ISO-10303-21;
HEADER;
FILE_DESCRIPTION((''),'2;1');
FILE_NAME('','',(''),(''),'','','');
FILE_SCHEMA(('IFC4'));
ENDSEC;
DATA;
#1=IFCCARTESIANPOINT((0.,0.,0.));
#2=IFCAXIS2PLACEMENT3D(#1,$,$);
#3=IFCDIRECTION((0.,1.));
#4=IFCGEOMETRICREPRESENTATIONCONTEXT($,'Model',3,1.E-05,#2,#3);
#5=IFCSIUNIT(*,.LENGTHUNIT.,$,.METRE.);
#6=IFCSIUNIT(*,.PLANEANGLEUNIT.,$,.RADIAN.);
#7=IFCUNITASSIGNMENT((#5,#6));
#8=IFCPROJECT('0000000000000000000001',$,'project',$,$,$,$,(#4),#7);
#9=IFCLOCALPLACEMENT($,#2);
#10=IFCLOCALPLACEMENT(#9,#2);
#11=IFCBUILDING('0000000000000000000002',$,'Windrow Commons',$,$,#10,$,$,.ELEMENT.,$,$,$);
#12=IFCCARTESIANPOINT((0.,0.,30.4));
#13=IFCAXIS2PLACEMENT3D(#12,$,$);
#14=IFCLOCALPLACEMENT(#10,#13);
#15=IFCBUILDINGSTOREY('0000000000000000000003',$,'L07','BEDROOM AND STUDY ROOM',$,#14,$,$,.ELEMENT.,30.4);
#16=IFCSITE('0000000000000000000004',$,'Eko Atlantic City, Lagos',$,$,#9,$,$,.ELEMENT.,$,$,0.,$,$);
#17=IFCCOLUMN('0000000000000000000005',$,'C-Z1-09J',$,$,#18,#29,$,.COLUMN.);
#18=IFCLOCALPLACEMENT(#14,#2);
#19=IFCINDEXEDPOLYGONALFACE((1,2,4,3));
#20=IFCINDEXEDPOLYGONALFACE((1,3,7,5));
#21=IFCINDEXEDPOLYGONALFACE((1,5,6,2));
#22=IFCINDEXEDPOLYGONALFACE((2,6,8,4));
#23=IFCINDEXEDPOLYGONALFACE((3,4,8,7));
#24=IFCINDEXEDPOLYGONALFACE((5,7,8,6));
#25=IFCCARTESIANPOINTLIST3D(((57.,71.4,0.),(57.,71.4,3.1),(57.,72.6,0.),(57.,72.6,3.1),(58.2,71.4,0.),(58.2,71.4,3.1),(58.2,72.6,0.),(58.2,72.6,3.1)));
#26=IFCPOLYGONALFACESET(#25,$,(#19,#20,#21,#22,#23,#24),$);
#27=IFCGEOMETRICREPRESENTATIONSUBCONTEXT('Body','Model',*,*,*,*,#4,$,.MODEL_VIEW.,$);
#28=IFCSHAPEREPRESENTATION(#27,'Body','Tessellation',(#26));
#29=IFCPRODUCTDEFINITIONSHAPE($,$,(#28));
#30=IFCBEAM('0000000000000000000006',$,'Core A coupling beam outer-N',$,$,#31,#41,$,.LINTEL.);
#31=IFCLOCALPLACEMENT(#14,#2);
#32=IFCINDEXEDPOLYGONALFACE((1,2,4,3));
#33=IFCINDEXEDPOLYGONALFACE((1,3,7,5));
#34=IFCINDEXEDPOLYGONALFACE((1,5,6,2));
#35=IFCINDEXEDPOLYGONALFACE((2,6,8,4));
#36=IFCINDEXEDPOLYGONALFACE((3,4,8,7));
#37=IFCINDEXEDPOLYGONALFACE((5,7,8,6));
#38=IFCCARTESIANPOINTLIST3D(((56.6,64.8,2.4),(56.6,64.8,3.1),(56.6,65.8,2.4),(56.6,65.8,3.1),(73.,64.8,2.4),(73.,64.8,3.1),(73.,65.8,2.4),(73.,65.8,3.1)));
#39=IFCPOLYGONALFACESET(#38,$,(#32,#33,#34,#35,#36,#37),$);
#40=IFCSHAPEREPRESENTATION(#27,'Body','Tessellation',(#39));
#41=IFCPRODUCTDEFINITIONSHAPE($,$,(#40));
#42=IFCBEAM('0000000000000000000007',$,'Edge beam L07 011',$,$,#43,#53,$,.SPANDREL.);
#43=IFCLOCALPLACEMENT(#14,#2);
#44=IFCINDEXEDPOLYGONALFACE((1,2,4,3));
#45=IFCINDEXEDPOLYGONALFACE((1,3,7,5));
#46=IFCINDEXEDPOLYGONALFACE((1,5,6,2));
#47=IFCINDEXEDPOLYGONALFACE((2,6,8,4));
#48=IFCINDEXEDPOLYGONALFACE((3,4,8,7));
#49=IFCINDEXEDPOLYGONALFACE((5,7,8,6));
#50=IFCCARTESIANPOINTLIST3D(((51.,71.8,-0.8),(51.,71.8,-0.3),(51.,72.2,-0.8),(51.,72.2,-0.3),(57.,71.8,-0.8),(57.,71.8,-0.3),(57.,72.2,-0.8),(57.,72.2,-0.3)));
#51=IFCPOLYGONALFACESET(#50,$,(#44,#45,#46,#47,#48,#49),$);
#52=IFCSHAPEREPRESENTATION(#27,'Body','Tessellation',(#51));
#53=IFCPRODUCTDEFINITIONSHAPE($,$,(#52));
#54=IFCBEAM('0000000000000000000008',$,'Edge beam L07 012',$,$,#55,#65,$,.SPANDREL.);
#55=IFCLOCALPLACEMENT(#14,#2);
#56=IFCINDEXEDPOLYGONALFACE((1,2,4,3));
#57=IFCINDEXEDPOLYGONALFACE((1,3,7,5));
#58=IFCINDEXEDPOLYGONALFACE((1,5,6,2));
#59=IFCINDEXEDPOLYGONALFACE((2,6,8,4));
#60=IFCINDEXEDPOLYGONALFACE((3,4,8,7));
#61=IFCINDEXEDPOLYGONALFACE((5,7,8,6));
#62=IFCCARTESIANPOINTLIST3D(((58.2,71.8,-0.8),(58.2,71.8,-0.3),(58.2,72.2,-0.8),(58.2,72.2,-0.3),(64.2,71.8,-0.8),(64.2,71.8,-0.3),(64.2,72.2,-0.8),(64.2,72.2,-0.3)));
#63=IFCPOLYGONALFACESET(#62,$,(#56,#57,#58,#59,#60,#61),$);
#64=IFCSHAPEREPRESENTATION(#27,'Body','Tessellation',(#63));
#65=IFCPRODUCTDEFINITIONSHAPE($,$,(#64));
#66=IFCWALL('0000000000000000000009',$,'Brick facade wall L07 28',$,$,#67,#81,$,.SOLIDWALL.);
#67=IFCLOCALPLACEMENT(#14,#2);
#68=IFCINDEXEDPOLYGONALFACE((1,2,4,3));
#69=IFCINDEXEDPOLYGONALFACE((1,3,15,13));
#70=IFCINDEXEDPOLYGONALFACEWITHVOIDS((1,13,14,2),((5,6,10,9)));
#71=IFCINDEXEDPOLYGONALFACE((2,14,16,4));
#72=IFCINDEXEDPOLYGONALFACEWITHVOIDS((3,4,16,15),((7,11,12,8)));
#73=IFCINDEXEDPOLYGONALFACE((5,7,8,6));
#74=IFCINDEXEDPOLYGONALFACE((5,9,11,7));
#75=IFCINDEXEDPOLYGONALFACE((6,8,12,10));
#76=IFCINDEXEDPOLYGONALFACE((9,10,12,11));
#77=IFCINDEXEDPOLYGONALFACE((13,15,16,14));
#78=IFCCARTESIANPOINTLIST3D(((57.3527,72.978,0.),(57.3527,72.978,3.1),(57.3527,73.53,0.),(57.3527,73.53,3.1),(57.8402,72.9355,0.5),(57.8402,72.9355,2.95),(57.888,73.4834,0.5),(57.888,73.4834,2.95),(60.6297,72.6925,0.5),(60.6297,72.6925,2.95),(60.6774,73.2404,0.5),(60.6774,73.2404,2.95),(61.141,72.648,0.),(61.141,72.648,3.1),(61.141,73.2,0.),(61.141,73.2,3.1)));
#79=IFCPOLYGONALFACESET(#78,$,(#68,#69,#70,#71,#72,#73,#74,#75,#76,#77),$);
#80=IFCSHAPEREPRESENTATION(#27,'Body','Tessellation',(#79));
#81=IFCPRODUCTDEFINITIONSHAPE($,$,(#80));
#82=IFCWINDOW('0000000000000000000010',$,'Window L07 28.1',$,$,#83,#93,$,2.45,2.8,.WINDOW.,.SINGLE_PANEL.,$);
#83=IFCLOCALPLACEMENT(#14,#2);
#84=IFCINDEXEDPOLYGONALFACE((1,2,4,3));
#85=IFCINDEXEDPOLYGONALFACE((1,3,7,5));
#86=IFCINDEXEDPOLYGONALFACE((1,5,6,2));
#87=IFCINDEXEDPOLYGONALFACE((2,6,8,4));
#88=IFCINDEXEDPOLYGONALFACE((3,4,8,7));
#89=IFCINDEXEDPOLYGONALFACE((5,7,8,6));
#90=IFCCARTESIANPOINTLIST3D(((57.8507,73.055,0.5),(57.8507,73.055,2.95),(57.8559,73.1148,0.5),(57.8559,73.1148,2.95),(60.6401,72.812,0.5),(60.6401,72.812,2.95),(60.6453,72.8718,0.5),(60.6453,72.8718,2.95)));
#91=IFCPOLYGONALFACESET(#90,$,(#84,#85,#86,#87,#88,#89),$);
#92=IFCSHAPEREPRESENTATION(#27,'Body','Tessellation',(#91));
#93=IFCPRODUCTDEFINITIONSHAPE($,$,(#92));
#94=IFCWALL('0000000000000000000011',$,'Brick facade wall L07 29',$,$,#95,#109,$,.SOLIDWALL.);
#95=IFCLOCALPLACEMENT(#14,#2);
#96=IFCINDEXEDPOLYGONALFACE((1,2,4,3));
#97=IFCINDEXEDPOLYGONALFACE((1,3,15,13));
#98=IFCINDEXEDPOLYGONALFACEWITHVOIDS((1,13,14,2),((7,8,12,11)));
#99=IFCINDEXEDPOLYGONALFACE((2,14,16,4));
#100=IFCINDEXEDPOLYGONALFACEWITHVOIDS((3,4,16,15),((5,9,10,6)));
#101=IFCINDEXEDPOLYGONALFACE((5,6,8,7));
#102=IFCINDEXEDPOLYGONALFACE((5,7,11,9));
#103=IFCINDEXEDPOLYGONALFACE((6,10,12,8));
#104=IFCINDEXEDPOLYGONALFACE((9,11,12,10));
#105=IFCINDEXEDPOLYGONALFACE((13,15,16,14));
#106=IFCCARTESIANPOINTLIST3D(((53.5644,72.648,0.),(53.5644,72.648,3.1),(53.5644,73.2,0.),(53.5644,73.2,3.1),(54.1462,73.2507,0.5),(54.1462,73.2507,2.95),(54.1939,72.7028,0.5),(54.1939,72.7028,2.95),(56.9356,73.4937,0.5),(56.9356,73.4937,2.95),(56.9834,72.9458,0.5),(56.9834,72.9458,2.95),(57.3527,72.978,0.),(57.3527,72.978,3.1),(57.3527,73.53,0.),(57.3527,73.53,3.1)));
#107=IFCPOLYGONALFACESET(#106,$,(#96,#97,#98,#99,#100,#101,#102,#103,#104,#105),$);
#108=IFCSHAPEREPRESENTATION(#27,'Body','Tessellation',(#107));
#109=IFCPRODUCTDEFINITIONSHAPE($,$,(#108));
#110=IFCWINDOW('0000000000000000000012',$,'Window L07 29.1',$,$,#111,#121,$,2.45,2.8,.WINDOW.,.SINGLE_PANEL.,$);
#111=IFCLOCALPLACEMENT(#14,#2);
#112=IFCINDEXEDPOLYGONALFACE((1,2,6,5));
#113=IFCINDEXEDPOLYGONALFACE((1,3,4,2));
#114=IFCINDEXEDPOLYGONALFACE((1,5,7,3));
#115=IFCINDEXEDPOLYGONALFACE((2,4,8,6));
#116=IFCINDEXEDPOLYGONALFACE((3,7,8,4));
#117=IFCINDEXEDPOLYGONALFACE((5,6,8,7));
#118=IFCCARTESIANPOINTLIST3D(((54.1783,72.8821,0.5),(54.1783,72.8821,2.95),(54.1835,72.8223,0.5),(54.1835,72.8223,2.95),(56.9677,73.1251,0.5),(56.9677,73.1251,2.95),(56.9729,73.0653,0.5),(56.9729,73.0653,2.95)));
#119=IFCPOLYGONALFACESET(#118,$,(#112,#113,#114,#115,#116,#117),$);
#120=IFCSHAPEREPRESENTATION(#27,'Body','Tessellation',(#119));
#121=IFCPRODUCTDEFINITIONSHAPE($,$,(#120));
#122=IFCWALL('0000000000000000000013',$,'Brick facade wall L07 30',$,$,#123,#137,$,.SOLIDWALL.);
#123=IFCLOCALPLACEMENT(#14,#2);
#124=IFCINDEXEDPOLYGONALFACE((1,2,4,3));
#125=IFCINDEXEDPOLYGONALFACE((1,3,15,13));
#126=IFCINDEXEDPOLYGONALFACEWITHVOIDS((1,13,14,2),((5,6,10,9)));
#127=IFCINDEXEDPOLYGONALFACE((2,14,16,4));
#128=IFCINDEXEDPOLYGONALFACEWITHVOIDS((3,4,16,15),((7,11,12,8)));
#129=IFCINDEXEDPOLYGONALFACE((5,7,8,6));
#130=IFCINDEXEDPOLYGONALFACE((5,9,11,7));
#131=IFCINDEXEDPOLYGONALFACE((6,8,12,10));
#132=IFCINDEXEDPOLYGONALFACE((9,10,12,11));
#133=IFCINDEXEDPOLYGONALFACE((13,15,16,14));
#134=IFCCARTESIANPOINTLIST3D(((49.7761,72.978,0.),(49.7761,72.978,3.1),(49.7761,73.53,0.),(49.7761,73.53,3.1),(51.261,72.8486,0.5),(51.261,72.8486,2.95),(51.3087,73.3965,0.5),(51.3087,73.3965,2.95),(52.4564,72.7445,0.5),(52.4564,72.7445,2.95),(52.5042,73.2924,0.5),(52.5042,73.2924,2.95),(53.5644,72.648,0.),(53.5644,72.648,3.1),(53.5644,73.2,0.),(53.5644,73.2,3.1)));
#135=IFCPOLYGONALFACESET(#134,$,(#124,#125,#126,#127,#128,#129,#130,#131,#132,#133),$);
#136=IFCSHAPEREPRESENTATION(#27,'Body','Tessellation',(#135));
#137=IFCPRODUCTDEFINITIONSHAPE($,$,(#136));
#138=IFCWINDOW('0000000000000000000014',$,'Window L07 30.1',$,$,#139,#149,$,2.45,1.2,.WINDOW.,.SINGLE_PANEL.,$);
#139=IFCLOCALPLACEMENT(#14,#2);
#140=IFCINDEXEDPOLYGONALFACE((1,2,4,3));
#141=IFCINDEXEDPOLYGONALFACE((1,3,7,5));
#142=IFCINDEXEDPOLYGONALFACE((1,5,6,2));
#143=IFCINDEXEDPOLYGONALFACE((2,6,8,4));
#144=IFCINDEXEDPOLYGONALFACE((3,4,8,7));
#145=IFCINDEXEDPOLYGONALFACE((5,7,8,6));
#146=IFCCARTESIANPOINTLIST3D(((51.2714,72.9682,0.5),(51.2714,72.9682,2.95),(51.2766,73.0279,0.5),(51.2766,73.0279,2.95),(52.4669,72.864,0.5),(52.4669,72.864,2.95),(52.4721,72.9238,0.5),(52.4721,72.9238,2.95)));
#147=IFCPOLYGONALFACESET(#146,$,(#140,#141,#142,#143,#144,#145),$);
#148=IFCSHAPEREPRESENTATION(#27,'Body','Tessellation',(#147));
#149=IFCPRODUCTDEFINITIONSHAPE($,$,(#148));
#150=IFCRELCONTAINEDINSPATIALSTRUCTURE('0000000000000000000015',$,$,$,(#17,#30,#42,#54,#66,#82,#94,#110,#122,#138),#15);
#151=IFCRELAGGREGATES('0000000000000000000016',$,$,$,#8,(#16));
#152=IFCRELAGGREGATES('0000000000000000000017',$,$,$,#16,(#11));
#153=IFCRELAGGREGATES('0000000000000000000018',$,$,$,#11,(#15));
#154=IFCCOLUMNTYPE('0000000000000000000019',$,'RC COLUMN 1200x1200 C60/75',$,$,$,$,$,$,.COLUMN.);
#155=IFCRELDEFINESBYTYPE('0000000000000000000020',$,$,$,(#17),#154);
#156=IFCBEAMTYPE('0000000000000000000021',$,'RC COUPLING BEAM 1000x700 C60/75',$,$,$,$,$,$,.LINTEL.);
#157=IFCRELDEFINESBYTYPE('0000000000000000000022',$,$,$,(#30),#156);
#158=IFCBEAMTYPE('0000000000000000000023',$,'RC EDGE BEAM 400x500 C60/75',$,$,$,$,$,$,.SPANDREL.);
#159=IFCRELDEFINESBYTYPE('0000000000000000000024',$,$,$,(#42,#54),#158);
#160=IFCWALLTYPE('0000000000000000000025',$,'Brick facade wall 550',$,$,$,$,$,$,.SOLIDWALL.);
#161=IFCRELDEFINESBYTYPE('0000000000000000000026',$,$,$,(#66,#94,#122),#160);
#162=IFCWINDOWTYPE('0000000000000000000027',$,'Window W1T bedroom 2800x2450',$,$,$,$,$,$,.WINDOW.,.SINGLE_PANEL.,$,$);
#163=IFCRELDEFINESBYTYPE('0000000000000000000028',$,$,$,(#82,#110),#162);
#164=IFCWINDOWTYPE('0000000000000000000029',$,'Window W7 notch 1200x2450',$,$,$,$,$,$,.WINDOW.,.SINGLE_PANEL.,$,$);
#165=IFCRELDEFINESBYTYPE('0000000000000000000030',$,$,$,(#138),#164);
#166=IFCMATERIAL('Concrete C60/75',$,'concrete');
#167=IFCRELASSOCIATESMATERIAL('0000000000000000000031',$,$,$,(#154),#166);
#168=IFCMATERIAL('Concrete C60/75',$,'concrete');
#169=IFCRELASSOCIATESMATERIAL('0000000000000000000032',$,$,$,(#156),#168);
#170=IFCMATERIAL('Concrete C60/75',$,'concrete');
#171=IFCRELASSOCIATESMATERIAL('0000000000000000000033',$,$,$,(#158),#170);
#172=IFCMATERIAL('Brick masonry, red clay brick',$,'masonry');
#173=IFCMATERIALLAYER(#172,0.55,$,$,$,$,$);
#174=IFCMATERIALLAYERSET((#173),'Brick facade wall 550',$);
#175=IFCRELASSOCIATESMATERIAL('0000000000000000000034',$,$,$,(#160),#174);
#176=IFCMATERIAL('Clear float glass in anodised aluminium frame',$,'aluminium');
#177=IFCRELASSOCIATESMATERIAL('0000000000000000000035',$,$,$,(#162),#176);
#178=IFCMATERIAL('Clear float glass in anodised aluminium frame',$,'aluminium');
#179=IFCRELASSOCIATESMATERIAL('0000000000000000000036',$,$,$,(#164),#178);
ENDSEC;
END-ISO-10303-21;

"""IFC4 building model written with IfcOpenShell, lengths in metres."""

from ifc_helpers import new_model, si_unit, direction, frame, frame_2d, origin, origin_2d, place, context, subcontext, project, spatial, polyline, rectangle, outline, extrude, material, layer, layer_set, material_profile, profile_set, type_object, element, fill, save


model = new_model("IFC4")

# Units and contexts
model_context = context("Model", 3, precision=1e-05, world=origin(), true_north=direction((0.0, 1.0)))
body_context = subcontext(model_context, "Body", "Model", "MODEL_VIEW")
ifc_project = project(units=[si_unit("LENGTHUNIT", "METRE"), si_unit("PLANEANGLEUNIT", "RADIAN")], contexts=[model_context])

# Site, building, storey
site_placement = place(None, origin())
site = spatial("IfcSite", under=ifc_project, at=site_placement, Name="Eko Atlantic City, Lagos", CompositionType="ELEMENT", RefElevation=0.0)
building_placement = place(site_placement, origin())
building = spatial("IfcBuilding", under=site, at=building_placement, Name="Windrow Commons", CompositionType="ELEMENT")
storey_placement = place(building_placement, frame((0.0, 0.0, 30.4)))
storey = spatial("IfcBuildingStorey", under=building, at=storey_placement, Name="L07", Description="BEDROOM AND STUDY ROOM", CompositionType="ELEMENT", Elevation=30.4)

# Column
ifc_material_1 = material(Name="Concrete C60/75", Category="concrete")
ifc_material_profile_1 = material_profile(ifc_material_1, rectangle(XDim=1.2, YDim=1.2, at=origin_2d()))
ifc_profile_set_1 = profile_set([ifc_material_profile_1], Name="Concrete C60/75")
column_type = type_object("IfcColumnType", Name="RC COLUMN 1200x1200 C60/75", PredefinedType="COLUMN", material=ifc_profile_set_1)
column_placement = place(storey_placement, frame((57.6, 72.0, 0.0), z_axis=(0.0, 0.0, 1.0), x_axis=(1.0, 0.0, 0.0)))
element("IfcColumn", 1, at=column_placement, inside=storey, type_object=column_type, Name="C-Z1-09J", PredefinedType="COLUMN", context=body_context, shape_type="SweptSolid", body=[
    extrude(rectangle(XDim=1.2, YDim=1.2, at=origin_2d()), origin(), (0.0, 0.0, 1.0), 3.1),
])

# Beams
ifc_material_2 = material(Name="Concrete C60/75", Category="concrete")
ifc_material_profile_2 = material_profile(ifc_material_2, rectangle(XDim=1.0, YDim=0.7, at=origin_2d()))
ifc_profile_set_2 = profile_set([ifc_material_profile_2], Name="Concrete C60/75")
beam_type_1 = type_object("IfcBeamType", Name="RC COUPLING BEAM 1000x700 C60/75", PredefinedType="LINTEL", material=ifc_profile_set_2)
beam_placement = place(storey_placement, frame((56.6, 65.3, 2.75), z_axis=(1.0, 0.0, 0.0), x_axis=(0.0, 1.0, 0.0)))
element("IfcBeam", 2, at=beam_placement, inside=storey, type_object=beam_type_1, Name="Core A coupling beam outer-N", PredefinedType="LINTEL", context=body_context, shape_type="SweptSolid", body=[
    extrude(rectangle(XDim=1.0, YDim=0.7, at=origin_2d()), origin(), (0.0, 0.0, 1.0), 16.4),
])
ifc_material_3 = material(Name="Concrete C60/75", Category="concrete")
ifc_material_profile_3 = material_profile(ifc_material_3, rectangle(XDim=0.4, YDim=0.5, at=origin_2d()))
ifc_profile_set_3 = profile_set([ifc_material_profile_3], Name="Concrete C60/75")
beam_type_2 = type_object("IfcBeamType", Name="RC EDGE BEAM 400x500 C60/75", PredefinedType="SPANDREL", material=ifc_profile_set_3)
for number, where, z_axis, x_axis, name in (
    (3, (51.0, 72.0, -0.55), (1.0, 0.0, 0.0), (0.0, 1.0, 0.0), "Edge beam L07 011"),
    (4, (58.2, 72.0, -0.55), (1.0, 0.0, 0.0), (0.0, 1.0, 0.0), "Edge beam L07 012"),
):
    element("IfcBeam", number, at=place(storey_placement, frame(where, z_axis=z_axis, x_axis=x_axis)), inside=storey, type_object=beam_type_2, Name=name, PredefinedType="SPANDREL", context=body_context, shape_type="SweptSolid", body=[
        extrude(rectangle(XDim=0.4, YDim=0.5, at=origin_2d()), origin(), (0.0, 0.0, 1.0), 6.0),
    ])

# Walls, openings, windows
ifc_material_4 = material(Name="Brick masonry, red clay brick", Category="masonry")
ifc_layer_1 = layer(ifc_material_4, 0.55)
ifc_layer_set_1 = layer_set([ifc_layer_1], Name="Brick facade wall 550")
wall_type_1 = type_object("IfcWallType", Name="Brick facade wall 550", PredefinedType="SOLIDWALL", material=ifc_layer_set_1)
wall_1_placement = place(storey_placement, frame((61.141, 72.924, 0.0), z_axis=(0.0, 0.0, 1.0), x_axis=(-0.996227, 0.086782, 0.0)))
wall_1 = element("IfcWall", 5, at=wall_1_placement, inside=storey, type_object=wall_type_1, Name="Brick facade wall L07 28", PredefinedType="SOLIDWALL", context=body_context, shape_type="SweptSolid", body=[
    extrude(outline(polyline([(0.024, -0.275), (3.8266, -0.275), (3.7787, 0.275), (-0.024, 0.275), (0.024, -0.275)])), origin(), (0.0, 0.0, 1.0), 3.1),
])
opening_1_placement = place(wall_1_placement, frame((0.4893, 0.0, 0.5)))
opening_1 = element("IfcOpeningElement", 6, at=opening_1_placement, cuts=wall_1, PredefinedType="OPENING", context=body_context, shape_type="SweptSolid", body=[
    extrude(rectangle(XDim=2.8, YDim=2.45, at=frame_2d((1.4, 1.225))), frame((0.0, 0.285, 0.0), z_axis=(0.0, -1.0, 0.0), x_axis=(1.0, 0.0, 0.0)), (0.0, 0.0, 1.0), 0.57),
])
ifc_material_5 = material(Name="Clear float glass in anodised aluminium frame", Category="aluminium")
window_type_1 = type_object("IfcWindowType", Name="Window W1T bedroom 2800x2450", PartitioningType="SINGLE_PANEL", PredefinedType="WINDOW", material=ifc_material_5)
window_1_placement = place(opening_1_placement, origin())
window_1 = element("IfcWindow", 7, at=window_1_placement, inside=storey, type_object=window_type_1, Name="Window L07 28.1", OverallHeight=2.45, OverallWidth=2.8, PartitioningType="SINGLE_PANEL", PredefinedType="WINDOW", context=body_context, shape_type="SweptSolid", body=[
    extrude(rectangle(XDim=2.8, YDim=2.45, at=frame_2d((1.4, 1.225))), frame((0.0, 0.155, 0.0), z_axis=(0.0, -1.0, 0.0), x_axis=(1.0, 0.0, 0.0)), (0.0, 0.0, 1.0), 0.06),
])
fill(opening_1, window_1)
wall_2_placement = place(storey_placement, frame((57.3527, 73.254, 0.0), z_axis=(0.0, 0.0, 1.0), x_axis=(-0.996227, -0.086782, 0.0)))
wall_2 = element("IfcWall", 8, at=wall_2_placement, inside=storey, type_object=wall_type_1, Name="Brick facade wall L07 29", PredefinedType="SOLIDWALL", context=body_context, shape_type="SweptSolid", body=[
    extrude(outline(polyline([(-0.024, -0.275), (3.7787, -0.275), (3.8266, 0.275), (0.024, 0.275), (-0.024, -0.275)])), origin(), (0.0, 0.0, 1.0), 3.1),
])
opening_2_placement = place(wall_2_placement, frame((0.3947, 0.0, 0.5)))
opening_2 = element("IfcOpeningElement", 9, at=opening_2_placement, cuts=wall_2, PredefinedType="OPENING", context=body_context, shape_type="SweptSolid", body=[
    extrude(rectangle(XDim=2.8, YDim=2.45, at=frame_2d((1.4, 1.225))), frame((0.0, 0.285, 0.0), z_axis=(0.0, -1.0, 0.0), x_axis=(1.0, 0.0, 0.0)), (0.0, 0.0, 1.0), 0.57),
])
window_2_placement = place(opening_2_placement, origin())
window_2 = element("IfcWindow", 10, at=window_2_placement, inside=storey, type_object=window_type_1, Name="Window L07 29.1", OverallHeight=2.45, OverallWidth=2.8, PartitioningType="SINGLE_PANEL", PredefinedType="WINDOW", context=body_context, shape_type="SweptSolid", body=[
    extrude(rectangle(XDim=2.8, YDim=2.45, at=frame_2d((1.4, 1.225))), frame((0.0, 0.155, 0.0), z_axis=(0.0, -1.0, 0.0), x_axis=(1.0, 0.0, 0.0)), (0.0, 0.0, 1.0), 0.06),
])
fill(opening_2, window_2)
wall_3_placement = place(storey_placement, frame((53.5644, 72.924, 0.0), z_axis=(0.0, 0.0, 1.0), x_axis=(-0.996227, 0.086784, 0.0)))
wall_3 = element("IfcWall", 11, at=wall_3_placement, inside=storey, type_object=wall_type_1, Name="Brick facade wall L07 30", PredefinedType="SOLIDWALL", context=body_context, shape_type="SweptSolid", body=[
    extrude(outline(polyline([(0.024, -0.275), (3.8266, -0.275), (3.7787, 0.275), (-0.024, 0.275), (0.024, -0.275)])), origin(), (0.0, 0.0, 1.0), 3.1),
])
opening_3_placement = place(wall_3_placement, frame((1.0882, 0.0, 0.5)))
opening_3 = element("IfcOpeningElement", 12, at=opening_3_placement, cuts=wall_3, PredefinedType="OPENING", context=body_context, shape_type="SweptSolid", body=[
    extrude(rectangle(XDim=1.2, YDim=2.45, at=frame_2d((0.6, 1.225))), frame((0.0, 0.285, 0.0), z_axis=(0.0, -1.0, 0.0), x_axis=(1.0, 0.0, 0.0)), (0.0, 0.0, 1.0), 0.57),
])
ifc_material_6 = material(Name="Clear float glass in anodised aluminium frame", Category="aluminium")
window_type_2 = type_object("IfcWindowType", Name="Window W7 notch 1200x2450", PartitioningType="SINGLE_PANEL", PredefinedType="WINDOW", material=ifc_material_6)
window_3_placement = place(opening_3_placement, origin())
window_3 = element("IfcWindow", 13, at=window_3_placement, inside=storey, type_object=window_type_2, Name="Window L07 30.1", OverallHeight=2.45, OverallWidth=1.2, PartitioningType="SINGLE_PANEL", PredefinedType="WINDOW", context=body_context, shape_type="SweptSolid", body=[
    extrude(rectangle(XDim=1.2, YDim=2.45, at=frame_2d((0.6, 1.225))), frame((0.0, 0.155, 0.0), z_axis=(0.0, -1.0, 0.0), x_axis=(1.0, 0.0, 0.0)), (0.0, 0.0, 1.0), 0.06),
])
fill(opening_3, window_3)

save(model, "model.ifc")
